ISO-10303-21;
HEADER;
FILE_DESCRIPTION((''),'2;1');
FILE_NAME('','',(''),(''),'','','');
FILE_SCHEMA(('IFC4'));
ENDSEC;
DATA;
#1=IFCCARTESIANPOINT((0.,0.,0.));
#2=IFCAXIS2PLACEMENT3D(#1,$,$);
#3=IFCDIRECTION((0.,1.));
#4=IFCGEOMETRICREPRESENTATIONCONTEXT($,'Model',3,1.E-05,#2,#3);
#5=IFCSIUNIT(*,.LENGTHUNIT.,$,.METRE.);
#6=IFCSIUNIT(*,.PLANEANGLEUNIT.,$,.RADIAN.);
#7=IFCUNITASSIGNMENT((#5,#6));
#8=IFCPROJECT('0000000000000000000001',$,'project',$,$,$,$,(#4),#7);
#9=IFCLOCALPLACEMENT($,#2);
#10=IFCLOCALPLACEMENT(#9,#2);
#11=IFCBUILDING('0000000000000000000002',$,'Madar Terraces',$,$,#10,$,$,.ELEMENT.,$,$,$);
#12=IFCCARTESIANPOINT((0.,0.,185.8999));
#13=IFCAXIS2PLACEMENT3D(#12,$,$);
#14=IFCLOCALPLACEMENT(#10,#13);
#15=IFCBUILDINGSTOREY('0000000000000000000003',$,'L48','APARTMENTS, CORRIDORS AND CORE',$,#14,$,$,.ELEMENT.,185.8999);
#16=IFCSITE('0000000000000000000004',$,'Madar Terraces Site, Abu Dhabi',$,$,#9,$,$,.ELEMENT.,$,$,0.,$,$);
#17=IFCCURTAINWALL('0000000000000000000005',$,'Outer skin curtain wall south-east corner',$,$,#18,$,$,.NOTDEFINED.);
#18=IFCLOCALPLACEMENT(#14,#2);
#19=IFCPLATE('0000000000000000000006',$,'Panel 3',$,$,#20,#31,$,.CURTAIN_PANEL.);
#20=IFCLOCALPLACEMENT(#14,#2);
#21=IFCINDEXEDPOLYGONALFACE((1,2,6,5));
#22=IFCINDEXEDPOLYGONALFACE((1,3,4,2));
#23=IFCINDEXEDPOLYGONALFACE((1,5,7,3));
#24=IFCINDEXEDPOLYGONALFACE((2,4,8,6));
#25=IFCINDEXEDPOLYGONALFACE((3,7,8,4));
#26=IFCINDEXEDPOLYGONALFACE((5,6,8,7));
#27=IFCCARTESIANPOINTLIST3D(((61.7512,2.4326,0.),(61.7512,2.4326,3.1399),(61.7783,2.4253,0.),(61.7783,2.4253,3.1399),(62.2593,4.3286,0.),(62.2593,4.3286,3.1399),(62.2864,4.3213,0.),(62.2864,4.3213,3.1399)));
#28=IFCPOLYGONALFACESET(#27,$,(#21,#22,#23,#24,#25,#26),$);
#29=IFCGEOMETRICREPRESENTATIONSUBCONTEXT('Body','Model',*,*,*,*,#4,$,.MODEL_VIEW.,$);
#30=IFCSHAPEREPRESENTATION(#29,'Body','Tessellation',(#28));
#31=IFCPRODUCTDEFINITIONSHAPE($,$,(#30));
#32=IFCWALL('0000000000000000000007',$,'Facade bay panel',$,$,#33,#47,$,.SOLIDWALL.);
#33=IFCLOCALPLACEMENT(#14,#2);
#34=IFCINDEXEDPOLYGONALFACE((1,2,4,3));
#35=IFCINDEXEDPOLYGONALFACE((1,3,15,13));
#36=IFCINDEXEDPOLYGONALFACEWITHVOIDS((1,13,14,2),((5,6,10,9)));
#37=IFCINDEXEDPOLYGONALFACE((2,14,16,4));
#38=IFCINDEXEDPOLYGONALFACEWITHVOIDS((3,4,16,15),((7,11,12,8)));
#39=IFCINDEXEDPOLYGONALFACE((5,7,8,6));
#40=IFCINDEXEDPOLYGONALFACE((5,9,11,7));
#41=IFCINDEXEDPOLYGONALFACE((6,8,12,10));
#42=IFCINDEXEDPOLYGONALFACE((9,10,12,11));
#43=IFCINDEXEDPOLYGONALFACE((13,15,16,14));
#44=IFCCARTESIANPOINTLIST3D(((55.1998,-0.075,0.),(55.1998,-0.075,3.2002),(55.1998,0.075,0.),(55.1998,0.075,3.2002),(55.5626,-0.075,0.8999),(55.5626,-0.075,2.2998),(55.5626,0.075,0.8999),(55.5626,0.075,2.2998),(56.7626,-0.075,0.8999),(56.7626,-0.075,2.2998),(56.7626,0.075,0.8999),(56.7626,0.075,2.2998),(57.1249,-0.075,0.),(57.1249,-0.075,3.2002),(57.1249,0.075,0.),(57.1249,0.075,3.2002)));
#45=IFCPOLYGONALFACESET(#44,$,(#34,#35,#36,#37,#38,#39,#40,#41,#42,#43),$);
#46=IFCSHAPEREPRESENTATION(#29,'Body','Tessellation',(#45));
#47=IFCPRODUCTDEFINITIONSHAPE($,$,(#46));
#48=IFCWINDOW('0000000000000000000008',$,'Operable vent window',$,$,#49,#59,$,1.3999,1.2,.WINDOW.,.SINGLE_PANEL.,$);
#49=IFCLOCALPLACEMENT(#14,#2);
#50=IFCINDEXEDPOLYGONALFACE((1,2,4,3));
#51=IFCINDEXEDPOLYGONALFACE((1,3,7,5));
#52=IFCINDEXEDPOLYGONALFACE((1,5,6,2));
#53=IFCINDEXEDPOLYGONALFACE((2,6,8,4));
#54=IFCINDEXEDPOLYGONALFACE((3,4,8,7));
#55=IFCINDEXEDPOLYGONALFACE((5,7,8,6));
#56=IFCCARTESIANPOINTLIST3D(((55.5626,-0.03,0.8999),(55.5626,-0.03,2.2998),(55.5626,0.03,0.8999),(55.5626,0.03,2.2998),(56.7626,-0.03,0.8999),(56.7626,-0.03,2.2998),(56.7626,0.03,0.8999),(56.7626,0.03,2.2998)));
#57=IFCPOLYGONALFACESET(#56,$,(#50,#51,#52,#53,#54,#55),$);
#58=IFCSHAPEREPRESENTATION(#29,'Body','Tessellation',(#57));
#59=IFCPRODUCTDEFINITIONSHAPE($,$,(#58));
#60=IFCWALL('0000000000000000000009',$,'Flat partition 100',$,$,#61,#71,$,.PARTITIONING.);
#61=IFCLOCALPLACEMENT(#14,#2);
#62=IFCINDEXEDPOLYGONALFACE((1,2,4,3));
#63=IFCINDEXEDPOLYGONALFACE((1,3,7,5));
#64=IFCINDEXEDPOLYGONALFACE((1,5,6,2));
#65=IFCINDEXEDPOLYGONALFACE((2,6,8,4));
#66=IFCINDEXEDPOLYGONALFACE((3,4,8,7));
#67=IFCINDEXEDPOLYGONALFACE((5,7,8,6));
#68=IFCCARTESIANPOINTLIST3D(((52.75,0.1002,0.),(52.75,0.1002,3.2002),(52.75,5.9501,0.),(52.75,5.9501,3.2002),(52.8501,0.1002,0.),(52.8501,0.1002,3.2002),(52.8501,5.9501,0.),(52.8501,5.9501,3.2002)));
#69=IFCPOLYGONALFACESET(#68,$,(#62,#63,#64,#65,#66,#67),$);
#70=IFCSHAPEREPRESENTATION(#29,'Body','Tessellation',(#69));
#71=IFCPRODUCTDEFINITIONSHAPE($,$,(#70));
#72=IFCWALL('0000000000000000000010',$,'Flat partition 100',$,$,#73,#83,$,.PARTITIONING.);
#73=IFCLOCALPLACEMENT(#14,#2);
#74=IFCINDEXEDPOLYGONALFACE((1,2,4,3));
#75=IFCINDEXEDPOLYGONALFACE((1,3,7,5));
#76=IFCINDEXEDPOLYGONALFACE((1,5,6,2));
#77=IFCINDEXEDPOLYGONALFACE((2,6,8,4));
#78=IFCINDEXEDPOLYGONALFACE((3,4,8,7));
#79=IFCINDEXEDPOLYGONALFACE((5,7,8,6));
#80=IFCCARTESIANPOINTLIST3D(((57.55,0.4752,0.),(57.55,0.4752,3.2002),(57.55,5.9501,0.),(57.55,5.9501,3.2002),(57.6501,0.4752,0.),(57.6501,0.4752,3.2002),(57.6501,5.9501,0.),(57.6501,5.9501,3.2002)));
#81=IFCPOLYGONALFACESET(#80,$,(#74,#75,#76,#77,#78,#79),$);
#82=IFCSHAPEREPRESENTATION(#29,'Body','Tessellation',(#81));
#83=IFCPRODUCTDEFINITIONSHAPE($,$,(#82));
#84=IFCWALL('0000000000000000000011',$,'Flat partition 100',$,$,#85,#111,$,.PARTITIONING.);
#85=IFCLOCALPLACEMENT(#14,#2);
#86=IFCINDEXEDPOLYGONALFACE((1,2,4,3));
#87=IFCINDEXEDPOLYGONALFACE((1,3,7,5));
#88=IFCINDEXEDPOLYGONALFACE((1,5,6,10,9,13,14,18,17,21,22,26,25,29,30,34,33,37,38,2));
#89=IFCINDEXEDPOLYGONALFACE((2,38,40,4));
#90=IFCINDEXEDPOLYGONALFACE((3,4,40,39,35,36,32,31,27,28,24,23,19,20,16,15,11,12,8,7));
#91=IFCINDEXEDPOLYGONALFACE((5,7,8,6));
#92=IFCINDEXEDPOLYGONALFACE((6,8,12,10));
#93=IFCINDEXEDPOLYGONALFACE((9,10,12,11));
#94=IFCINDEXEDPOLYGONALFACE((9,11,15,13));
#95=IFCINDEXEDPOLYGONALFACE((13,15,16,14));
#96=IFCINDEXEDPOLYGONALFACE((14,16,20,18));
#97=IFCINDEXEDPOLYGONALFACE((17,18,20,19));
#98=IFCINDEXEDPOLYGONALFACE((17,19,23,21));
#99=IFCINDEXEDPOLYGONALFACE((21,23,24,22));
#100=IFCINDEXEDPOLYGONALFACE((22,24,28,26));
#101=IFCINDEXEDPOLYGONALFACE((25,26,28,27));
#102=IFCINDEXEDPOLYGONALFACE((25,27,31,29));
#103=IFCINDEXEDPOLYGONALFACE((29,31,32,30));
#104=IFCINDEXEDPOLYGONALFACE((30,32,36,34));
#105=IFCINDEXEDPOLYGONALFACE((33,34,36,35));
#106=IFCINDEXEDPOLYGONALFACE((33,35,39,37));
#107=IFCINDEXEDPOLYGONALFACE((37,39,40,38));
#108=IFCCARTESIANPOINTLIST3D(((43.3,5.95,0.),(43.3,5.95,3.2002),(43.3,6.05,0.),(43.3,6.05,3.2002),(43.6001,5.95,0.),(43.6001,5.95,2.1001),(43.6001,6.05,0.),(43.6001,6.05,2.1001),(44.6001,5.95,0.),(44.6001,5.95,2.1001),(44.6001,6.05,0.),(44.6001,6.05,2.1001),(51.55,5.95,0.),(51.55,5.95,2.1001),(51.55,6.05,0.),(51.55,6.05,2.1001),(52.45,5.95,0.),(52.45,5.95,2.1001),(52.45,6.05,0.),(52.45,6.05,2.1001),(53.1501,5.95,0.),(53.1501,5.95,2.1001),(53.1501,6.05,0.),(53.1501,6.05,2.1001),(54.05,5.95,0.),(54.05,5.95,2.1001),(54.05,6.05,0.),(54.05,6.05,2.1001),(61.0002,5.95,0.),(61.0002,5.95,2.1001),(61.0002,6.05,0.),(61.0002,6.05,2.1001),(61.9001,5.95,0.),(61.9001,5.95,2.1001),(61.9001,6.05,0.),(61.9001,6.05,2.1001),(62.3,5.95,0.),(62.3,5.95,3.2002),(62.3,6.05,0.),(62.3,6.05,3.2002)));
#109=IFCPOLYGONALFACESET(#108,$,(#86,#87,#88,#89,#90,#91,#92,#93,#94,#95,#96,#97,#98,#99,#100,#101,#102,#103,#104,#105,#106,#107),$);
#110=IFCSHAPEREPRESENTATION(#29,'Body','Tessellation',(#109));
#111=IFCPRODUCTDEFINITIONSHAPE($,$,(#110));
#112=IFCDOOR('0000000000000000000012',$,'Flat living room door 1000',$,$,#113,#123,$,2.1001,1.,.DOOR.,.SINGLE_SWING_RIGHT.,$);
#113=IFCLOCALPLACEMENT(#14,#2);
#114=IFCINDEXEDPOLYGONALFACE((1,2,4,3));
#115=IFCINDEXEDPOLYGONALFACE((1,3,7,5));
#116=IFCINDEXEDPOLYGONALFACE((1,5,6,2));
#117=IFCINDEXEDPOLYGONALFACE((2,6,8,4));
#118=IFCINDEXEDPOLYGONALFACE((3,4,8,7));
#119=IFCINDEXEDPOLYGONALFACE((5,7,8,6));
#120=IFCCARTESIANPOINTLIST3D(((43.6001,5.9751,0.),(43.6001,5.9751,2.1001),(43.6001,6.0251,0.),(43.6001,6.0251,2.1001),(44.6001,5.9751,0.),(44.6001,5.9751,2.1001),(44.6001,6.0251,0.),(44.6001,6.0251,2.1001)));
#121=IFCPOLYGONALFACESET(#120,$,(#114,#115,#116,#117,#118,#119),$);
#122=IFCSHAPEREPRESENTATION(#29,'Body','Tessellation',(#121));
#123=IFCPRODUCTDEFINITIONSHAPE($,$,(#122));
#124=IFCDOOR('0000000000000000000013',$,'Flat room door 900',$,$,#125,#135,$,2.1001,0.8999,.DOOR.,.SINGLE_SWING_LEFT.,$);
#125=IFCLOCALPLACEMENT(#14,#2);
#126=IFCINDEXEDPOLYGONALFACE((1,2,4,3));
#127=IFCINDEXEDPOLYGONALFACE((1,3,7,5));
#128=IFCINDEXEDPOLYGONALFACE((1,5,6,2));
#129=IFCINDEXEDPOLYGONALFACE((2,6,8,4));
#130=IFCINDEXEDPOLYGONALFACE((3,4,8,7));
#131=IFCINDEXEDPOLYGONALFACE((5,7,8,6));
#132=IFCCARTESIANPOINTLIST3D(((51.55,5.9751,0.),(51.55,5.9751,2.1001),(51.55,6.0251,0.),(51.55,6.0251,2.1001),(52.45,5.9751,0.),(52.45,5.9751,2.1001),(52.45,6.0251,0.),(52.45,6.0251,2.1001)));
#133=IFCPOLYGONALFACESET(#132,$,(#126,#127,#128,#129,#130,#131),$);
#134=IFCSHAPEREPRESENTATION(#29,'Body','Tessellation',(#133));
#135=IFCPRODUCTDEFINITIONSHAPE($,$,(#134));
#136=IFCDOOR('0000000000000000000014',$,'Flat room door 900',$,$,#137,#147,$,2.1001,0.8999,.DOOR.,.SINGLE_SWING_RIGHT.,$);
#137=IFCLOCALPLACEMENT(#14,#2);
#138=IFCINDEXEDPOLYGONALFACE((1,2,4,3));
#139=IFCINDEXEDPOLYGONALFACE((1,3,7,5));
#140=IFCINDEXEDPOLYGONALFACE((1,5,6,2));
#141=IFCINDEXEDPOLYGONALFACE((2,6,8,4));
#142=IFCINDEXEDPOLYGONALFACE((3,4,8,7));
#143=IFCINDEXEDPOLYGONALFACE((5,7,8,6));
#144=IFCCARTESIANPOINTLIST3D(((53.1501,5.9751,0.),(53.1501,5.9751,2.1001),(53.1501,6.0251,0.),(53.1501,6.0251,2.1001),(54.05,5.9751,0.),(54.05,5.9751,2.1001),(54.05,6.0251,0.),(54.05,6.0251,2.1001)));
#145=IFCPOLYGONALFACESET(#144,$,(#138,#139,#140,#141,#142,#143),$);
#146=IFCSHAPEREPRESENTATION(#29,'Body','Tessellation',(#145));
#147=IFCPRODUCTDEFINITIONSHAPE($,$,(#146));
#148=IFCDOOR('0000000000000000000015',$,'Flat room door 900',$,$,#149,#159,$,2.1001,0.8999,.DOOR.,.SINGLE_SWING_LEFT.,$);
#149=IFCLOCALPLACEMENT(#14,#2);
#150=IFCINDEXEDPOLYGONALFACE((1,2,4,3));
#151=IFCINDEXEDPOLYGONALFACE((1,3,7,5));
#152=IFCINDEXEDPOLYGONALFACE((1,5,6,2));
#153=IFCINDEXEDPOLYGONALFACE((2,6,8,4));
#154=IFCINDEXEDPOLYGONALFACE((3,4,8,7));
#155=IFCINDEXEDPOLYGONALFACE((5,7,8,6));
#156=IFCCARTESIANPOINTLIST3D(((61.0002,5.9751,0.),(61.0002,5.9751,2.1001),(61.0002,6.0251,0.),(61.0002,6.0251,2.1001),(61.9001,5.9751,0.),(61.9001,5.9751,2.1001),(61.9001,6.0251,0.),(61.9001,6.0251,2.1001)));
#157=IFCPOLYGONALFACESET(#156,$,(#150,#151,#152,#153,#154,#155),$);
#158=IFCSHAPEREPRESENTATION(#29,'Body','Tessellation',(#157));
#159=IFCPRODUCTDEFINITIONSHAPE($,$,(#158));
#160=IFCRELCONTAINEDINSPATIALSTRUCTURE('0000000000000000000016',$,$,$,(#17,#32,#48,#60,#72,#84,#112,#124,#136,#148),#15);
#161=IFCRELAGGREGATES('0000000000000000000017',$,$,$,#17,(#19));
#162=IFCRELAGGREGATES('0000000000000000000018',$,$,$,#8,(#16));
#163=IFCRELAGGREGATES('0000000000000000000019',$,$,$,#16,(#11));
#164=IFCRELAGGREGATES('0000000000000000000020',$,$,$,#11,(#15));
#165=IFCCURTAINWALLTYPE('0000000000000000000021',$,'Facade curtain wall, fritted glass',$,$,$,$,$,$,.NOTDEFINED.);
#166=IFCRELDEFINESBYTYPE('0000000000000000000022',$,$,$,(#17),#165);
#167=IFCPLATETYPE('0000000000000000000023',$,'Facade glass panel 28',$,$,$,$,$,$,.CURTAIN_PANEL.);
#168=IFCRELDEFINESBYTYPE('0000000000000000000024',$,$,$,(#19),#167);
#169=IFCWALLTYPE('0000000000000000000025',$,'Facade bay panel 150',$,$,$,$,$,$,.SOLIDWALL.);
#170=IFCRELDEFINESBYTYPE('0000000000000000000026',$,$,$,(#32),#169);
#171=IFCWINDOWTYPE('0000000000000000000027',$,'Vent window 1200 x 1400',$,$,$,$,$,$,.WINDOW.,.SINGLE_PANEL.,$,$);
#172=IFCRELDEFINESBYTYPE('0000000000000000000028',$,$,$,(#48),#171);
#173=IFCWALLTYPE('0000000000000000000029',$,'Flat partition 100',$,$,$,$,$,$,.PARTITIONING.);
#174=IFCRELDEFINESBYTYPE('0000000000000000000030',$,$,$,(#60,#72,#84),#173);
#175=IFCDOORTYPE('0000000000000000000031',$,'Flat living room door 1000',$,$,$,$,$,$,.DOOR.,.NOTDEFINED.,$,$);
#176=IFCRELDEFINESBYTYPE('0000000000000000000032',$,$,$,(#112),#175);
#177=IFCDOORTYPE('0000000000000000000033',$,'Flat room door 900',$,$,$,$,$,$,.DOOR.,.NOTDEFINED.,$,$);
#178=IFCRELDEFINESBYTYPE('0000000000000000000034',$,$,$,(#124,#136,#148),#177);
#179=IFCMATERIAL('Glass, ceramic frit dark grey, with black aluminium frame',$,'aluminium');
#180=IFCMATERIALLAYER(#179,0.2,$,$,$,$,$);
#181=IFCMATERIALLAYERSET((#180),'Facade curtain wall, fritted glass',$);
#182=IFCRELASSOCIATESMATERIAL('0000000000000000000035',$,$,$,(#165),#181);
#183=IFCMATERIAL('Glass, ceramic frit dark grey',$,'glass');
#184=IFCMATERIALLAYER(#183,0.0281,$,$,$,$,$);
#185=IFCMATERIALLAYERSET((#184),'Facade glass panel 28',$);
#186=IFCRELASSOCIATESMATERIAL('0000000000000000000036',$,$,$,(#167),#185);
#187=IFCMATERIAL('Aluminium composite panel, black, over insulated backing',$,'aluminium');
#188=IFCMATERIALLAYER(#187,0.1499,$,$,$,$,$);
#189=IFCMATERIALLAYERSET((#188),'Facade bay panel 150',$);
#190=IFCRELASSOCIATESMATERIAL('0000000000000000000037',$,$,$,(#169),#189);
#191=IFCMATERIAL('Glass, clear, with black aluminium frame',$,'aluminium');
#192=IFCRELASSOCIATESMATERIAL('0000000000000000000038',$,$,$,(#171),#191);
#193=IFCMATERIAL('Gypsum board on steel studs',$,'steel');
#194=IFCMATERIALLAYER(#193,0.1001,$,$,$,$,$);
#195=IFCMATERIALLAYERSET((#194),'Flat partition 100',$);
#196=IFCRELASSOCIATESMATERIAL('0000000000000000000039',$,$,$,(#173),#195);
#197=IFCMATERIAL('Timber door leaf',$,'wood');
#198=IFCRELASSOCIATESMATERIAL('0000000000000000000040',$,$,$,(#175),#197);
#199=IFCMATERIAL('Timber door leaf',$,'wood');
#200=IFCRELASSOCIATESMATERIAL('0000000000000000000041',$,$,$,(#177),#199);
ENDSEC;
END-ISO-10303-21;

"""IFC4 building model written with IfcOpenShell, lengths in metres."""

from ifc_helpers import new_model, si_unit, direction, frame, frame_2d, origin, origin_2d, place, context, subcontext, project, spatial, rectangle, extrude, material, layer, layer_set, type_object, element, fill, aggregate, save


model = new_model("IFC4")

# Units and contexts
model_context = context("Model", 3, precision=1e-05, world=origin(), true_north=direction((0.0, 1.0)))
body_context = subcontext(model_context, "Body", "Model", "MODEL_VIEW")
ifc_project = project(units=[si_unit("LENGTHUNIT", "METRE"), si_unit("PLANEANGLEUNIT", "RADIAN")], contexts=[model_context])

# Site, building, storey
site_placement = place(None, origin())
site = spatial("IfcSite", under=ifc_project, at=site_placement, Name="Madar Terraces Site, Abu Dhabi", CompositionType="ELEMENT", RefElevation=0.0)
building_placement = place(site_placement, origin())
building = spatial("IfcBuilding", under=site, at=building_placement, Name="Madar Terraces", CompositionType="ELEMENT")
storey_placement = place(building_placement, frame((0.0, 0.0, 185.8999)))
storey = spatial("IfcBuildingStorey", under=building, at=storey_placement, Name="L48", Description="APARTMENTS, CORRIDORS AND CORE", CompositionType="ELEMENT", Elevation=185.8999)

# Shared definitions
ifc_material_1 = material(Name="Glass, ceramic frit dark grey, with black aluminium frame", Category="aluminium")
ifc_layer_1 = layer(ifc_material_1, 0.2)
ifc_layer_set_1 = layer_set([ifc_layer_1], Name="Facade curtain wall, fritted glass")
curtain_wall_type = type_object("IfcCurtainWallType", Name="Facade curtain wall, fritted glass", PredefinedType="NOTDEFINED", material=ifc_layer_set_1)

# Curtain wall
curtain_wall_1_placement = place(storey_placement, origin())
curtain_wall_1 = element("IfcCurtainWall", 1, at=curtain_wall_1_placement, inside=storey, type_object=curtain_wall_type, Name="Outer skin curtain wall south-east corner", PredefinedType="NOTDEFINED")

# Plate
ifc_material_2 = material(Name="Glass, ceramic frit dark grey", Category="glass")
ifc_layer_2 = layer(ifc_material_2, 0.0281)
ifc_layer_set_2 = layer_set([ifc_layer_2], Name="Facade glass panel 28")
plate_type = type_object("IfcPlateType", Name="Facade glass panel 28", PredefinedType="CURTAIN_PANEL", material=ifc_layer_set_2)
plate_1_placement = place(storey_placement, frame((62.0188, 3.377, 0.0), z_axis=(0.0, 0.0, 1.0), x_axis=(0.258819, 0.965926, 0.0)))
plate_1 = element("IfcPlate", 2, at=plate_1_placement, type_object=plate_type, Name="Panel 3", PredefinedType="CURTAIN_PANEL", context=body_context, shape_type="SweptSolid", body=[
    extrude(rectangle(XDim=1.9629, YDim=0.0281, at=origin_2d()), origin(), (0.0, 0.0, 1.0), 3.1399),
])
aggregate(curtain_wall_1, [plate_1])

# Wall, opening, window
ifc_material_3 = material(Name="Aluminium composite panel, black, over insulated backing", Category="aluminium")
ifc_layer_3 = layer(ifc_material_3, 0.1499)
ifc_layer_set_3 = layer_set([ifc_layer_3], Name="Facade bay panel 150")
wall_type_1 = type_object("IfcWallType", Name="Facade bay panel 150", PredefinedType="SOLIDWALL", material=ifc_layer_set_3)
wall_1_placement = place(storey_placement, frame((55.2, 0.0, 0.0), z_axis=(0.0, 0.0, 1.0), x_axis=(1.0, 0.0, 0.0)))
wall_1 = element("IfcWall", 3, at=wall_1_placement, inside=storey, type_object=wall_type_1, Name="Facade bay panel", PredefinedType="SOLIDWALL", context=body_context, shape_type="SweptSolid", body=[
    extrude(rectangle(XDim=1.925, YDim=0.1499, at=frame_2d((0.9624, 0.0))), origin(), (0.0, 0.0, 1.0), 3.2002),
])
opening_1_placement = place(wall_1_placement, frame((0.3625, 0.0, 0.8999)))
opening_1 = element("IfcOpeningElement", 4, at=opening_1_placement, cuts=wall_1, PredefinedType="OPENING", context=body_context, shape_type="SweptSolid", body=[
    extrude(rectangle(XDim=1.2, YDim=1.3999, at=frame_2d((0.6001, 0.7))), frame((0.0, 0.085, 0.0), z_axis=(0.0, -1.0, 0.0), x_axis=(1.0, 0.0, 0.0)), (0.0, 0.0, 1.0), 0.1699),
])
ifc_material_4 = material(Name="Glass, clear, with black aluminium frame", Category="aluminium")
window_type = type_object("IfcWindowType", Name="Vent window 1200 x 1400", PartitioningType="SINGLE_PANEL", PredefinedType="WINDOW", material=ifc_material_4)
window_placement = place(opening_1_placement, origin())
window = element("IfcWindow", 5, at=window_placement, inside=storey, type_object=window_type, Name="Operable vent window", OverallHeight=1.3999, OverallWidth=1.2, PartitioningType="SINGLE_PANEL", PredefinedType="WINDOW", context=body_context, shape_type="SweptSolid", body=[
    extrude(rectangle(XDim=1.2, YDim=1.3999, at=frame_2d((0.6001, 0.7))), frame((0.0, 0.03, 0.0), z_axis=(0.0, -1.0, 0.0), x_axis=(1.0, 0.0, 0.0)), (0.0, 0.0, 1.0), 0.0601),
])
fill(opening_1, window)

# Walls
ifc_material_5 = material(Name="Gypsum board on steel studs", Category="steel")
ifc_layer_4 = layer(ifc_material_5, 0.1001)
ifc_layer_set_4 = layer_set([ifc_layer_4], Name="Flat partition 100")
wall_type_2 = type_object("IfcWallType", Name="Flat partition 100", PredefinedType="PARTITIONING", material=ifc_layer_set_4)
wall_2_placement = place(storey_placement, frame((52.8, 5.95, 0.0), z_axis=(0.0, 0.0, 1.0), x_axis=(0.0, -1.0, 0.0)))
element("IfcWall", 6, at=wall_2_placement, inside=storey, type_object=wall_type_2, Name="Flat partition 100", PredefinedType="PARTITIONING", context=body_context, shape_type="SweptSolid", body=[
    extrude(rectangle(XDim=5.8499, YDim=0.1001, at=frame_2d((2.9248, 0.0))), origin(), (0.0, 0.0, 1.0), 3.2002),
])
wall_3_placement = place(storey_placement, frame((57.6001, 5.95, 0.0), z_axis=(0.0, 0.0, 1.0), x_axis=(0.0, -1.0, 0.0)))
element("IfcWall", 7, at=wall_3_placement, inside=storey, type_object=wall_type_2, Name="Flat partition 100", PredefinedType="PARTITIONING", context=body_context, shape_type="SweptSolid", body=[
    extrude(rectangle(XDim=5.4749, YDim=0.1001, at=frame_2d((2.7373, 0.0))), origin(), (0.0, 0.0, 1.0), 3.2002),
])

# Wall, openings, doors
wall_4_placement = place(storey_placement, frame((62.3, 6.0, 0.0), z_axis=(0.0, 0.0, 1.0), x_axis=(-1.0, 0.0, 0.0)))
wall_4 = element("IfcWall", 8, at=wall_4_placement, inside=storey, type_object=wall_type_2, Name="Flat partition 100", PredefinedType="PARTITIONING", context=body_context, shape_type="SweptSolid", body=[
    extrude(rectangle(XDim=19.0, YDim=0.1001, at=frame_2d((9.5, 0.0))), origin(), (0.0, 0.0, 1.0), 3.2002),
])
opening_2_placement = place(wall_4_placement, frame((17.7, 0.0, 0.0)))
opening_2 = element("IfcOpeningElement", 9, at=opening_2_placement, cuts=wall_4, PredefinedType="OPENING", context=body_context, shape_type="SweptSolid", body=[
    extrude(rectangle(XDim=1.0, YDim=2.1001, at=frame_2d((0.5, 1.05))), frame((0.0, 0.0601, 0.0), z_axis=(0.0, -1.0, 0.0), x_axis=(1.0, 0.0, 0.0)), (0.0, 0.0, 1.0), 0.1201),
])
opening_3_placement = place(wall_4_placement, frame((9.8501, 0.0, 0.0)))
opening_3 = element("IfcOpeningElement", 10, at=opening_3_placement, cuts=wall_4, PredefinedType="OPENING", context=body_context, shape_type="SweptSolid", body=[
    extrude(rectangle(XDim=0.8999, YDim=2.1001, at=frame_2d((0.45, 1.05))), frame((0.0, 0.0601, 0.0), z_axis=(0.0, -1.0, 0.0), x_axis=(1.0, 0.0, 0.0)), (0.0, 0.0, 1.0), 0.1201),
])
opening_4_placement = place(wall_4_placement, frame((8.25, 0.0, 0.0)))
opening_4 = element("IfcOpeningElement", 11, at=opening_4_placement, cuts=wall_4, PredefinedType="OPENING", context=body_context, shape_type="SweptSolid", body=[
    extrude(rectangle(XDim=0.8999, YDim=2.1001, at=frame_2d((0.45, 1.05))), frame((0.0, 0.0601, 0.0), z_axis=(0.0, -1.0, 0.0), x_axis=(1.0, 0.0, 0.0)), (0.0, 0.0, 1.0), 0.1201),
])
opening_5_placement = place(wall_4_placement, frame((0.3999, 0.0, 0.0)))
opening_5 = element("IfcOpeningElement", 12, at=opening_5_placement, cuts=wall_4, PredefinedType="OPENING", context=body_context, shape_type="SweptSolid", body=[
    extrude(rectangle(XDim=0.8999, YDim=2.1001, at=frame_2d((0.45, 1.05))), frame((0.0, 0.0601, 0.0), z_axis=(0.0, -1.0, 0.0), x_axis=(1.0, 0.0, 0.0)), (0.0, 0.0, 1.0), 0.1201),
])
ifc_material_6 = material(Name="Timber door leaf", Category="wood")
door_type_1 = type_object("IfcDoorType", Name="Flat living room door 1000", OperationType="NOTDEFINED", PredefinedType="DOOR", material=ifc_material_6)
door_1_placement = place(opening_2_placement, origin())
door_1 = element("IfcDoor", 13, at=door_1_placement, inside=storey, type_object=door_type_1, Name="Flat living room door 1000", OperationType="SINGLE_SWING_RIGHT", OverallHeight=2.1001, OverallWidth=1.0, PredefinedType="DOOR", context=body_context, shape_type="SweptSolid", body=[
    extrude(rectangle(XDim=1.0, YDim=2.1001, at=frame_2d((0.5, 1.05))), frame((0.0, 0.0249, 0.0), z_axis=(0.0, -1.0, 0.0), x_axis=(1.0, 0.0, 0.0)), (0.0, 0.0, 1.0), 0.05),
])
fill(opening_2, door_1)
ifc_material_7 = material(Name="Timber door leaf", Category="wood")
door_type_2 = type_object("IfcDoorType", Name="Flat room door 900", OperationType="NOTDEFINED", PredefinedType="DOOR", material=ifc_material_7)
door_2_placement = place(opening_3_placement, origin())
door_2 = element("IfcDoor", 14, at=door_2_placement, inside=storey, type_object=door_type_2, Name="Flat room door 900", OperationType="SINGLE_SWING_LEFT", OverallHeight=2.1001, OverallWidth=0.8999, PredefinedType="DOOR", context=body_context, shape_type="SweptSolid", body=[
    extrude(rectangle(XDim=0.8999, YDim=2.1001, at=frame_2d((0.45, 1.05))), frame((0.0, 0.0249, 0.0), z_axis=(0.0, -1.0, 0.0), x_axis=(1.0, 0.0, 0.0)), (0.0, 0.0, 1.0), 0.05),
])
fill(opening_3, door_2)
door_3_placement = place(opening_4_placement, origin())
door_3 = element("IfcDoor", 15, at=door_3_placement, inside=storey, type_object=door_type_2, Name="Flat room door 900", OperationType="SINGLE_SWING_RIGHT", OverallHeight=2.1001, OverallWidth=0.8999, PredefinedType="DOOR", context=body_context, shape_type="SweptSolid", body=[
    extrude(rectangle(XDim=0.8999, YDim=2.1001, at=frame_2d((0.45, 1.05))), frame((0.0, 0.0249, 0.0), z_axis=(0.0, -1.0, 0.0), x_axis=(1.0, 0.0, 0.0)), (0.0, 0.0, 1.0), 0.05),
])
fill(opening_4, door_3)
door_4_placement = place(opening_5_placement, origin())
door_4 = element("IfcDoor", 16, at=door_4_placement, inside=storey, type_object=door_type_2, Name="Flat room door 900", OperationType="SINGLE_SWING_LEFT", OverallHeight=2.1001, OverallWidth=0.8999, PredefinedType="DOOR", context=body_context, shape_type="SweptSolid", body=[
    extrude(rectangle(XDim=0.8999, YDim=2.1001, at=frame_2d((0.45, 1.05))), frame((0.0, 0.0249, 0.0), z_axis=(0.0, -1.0, 0.0), x_axis=(1.0, 0.0, 0.0)), (0.0, 0.0, 1.0), 0.05),
])
fill(opening_5, door_4)

save(model, "model.ifc")
